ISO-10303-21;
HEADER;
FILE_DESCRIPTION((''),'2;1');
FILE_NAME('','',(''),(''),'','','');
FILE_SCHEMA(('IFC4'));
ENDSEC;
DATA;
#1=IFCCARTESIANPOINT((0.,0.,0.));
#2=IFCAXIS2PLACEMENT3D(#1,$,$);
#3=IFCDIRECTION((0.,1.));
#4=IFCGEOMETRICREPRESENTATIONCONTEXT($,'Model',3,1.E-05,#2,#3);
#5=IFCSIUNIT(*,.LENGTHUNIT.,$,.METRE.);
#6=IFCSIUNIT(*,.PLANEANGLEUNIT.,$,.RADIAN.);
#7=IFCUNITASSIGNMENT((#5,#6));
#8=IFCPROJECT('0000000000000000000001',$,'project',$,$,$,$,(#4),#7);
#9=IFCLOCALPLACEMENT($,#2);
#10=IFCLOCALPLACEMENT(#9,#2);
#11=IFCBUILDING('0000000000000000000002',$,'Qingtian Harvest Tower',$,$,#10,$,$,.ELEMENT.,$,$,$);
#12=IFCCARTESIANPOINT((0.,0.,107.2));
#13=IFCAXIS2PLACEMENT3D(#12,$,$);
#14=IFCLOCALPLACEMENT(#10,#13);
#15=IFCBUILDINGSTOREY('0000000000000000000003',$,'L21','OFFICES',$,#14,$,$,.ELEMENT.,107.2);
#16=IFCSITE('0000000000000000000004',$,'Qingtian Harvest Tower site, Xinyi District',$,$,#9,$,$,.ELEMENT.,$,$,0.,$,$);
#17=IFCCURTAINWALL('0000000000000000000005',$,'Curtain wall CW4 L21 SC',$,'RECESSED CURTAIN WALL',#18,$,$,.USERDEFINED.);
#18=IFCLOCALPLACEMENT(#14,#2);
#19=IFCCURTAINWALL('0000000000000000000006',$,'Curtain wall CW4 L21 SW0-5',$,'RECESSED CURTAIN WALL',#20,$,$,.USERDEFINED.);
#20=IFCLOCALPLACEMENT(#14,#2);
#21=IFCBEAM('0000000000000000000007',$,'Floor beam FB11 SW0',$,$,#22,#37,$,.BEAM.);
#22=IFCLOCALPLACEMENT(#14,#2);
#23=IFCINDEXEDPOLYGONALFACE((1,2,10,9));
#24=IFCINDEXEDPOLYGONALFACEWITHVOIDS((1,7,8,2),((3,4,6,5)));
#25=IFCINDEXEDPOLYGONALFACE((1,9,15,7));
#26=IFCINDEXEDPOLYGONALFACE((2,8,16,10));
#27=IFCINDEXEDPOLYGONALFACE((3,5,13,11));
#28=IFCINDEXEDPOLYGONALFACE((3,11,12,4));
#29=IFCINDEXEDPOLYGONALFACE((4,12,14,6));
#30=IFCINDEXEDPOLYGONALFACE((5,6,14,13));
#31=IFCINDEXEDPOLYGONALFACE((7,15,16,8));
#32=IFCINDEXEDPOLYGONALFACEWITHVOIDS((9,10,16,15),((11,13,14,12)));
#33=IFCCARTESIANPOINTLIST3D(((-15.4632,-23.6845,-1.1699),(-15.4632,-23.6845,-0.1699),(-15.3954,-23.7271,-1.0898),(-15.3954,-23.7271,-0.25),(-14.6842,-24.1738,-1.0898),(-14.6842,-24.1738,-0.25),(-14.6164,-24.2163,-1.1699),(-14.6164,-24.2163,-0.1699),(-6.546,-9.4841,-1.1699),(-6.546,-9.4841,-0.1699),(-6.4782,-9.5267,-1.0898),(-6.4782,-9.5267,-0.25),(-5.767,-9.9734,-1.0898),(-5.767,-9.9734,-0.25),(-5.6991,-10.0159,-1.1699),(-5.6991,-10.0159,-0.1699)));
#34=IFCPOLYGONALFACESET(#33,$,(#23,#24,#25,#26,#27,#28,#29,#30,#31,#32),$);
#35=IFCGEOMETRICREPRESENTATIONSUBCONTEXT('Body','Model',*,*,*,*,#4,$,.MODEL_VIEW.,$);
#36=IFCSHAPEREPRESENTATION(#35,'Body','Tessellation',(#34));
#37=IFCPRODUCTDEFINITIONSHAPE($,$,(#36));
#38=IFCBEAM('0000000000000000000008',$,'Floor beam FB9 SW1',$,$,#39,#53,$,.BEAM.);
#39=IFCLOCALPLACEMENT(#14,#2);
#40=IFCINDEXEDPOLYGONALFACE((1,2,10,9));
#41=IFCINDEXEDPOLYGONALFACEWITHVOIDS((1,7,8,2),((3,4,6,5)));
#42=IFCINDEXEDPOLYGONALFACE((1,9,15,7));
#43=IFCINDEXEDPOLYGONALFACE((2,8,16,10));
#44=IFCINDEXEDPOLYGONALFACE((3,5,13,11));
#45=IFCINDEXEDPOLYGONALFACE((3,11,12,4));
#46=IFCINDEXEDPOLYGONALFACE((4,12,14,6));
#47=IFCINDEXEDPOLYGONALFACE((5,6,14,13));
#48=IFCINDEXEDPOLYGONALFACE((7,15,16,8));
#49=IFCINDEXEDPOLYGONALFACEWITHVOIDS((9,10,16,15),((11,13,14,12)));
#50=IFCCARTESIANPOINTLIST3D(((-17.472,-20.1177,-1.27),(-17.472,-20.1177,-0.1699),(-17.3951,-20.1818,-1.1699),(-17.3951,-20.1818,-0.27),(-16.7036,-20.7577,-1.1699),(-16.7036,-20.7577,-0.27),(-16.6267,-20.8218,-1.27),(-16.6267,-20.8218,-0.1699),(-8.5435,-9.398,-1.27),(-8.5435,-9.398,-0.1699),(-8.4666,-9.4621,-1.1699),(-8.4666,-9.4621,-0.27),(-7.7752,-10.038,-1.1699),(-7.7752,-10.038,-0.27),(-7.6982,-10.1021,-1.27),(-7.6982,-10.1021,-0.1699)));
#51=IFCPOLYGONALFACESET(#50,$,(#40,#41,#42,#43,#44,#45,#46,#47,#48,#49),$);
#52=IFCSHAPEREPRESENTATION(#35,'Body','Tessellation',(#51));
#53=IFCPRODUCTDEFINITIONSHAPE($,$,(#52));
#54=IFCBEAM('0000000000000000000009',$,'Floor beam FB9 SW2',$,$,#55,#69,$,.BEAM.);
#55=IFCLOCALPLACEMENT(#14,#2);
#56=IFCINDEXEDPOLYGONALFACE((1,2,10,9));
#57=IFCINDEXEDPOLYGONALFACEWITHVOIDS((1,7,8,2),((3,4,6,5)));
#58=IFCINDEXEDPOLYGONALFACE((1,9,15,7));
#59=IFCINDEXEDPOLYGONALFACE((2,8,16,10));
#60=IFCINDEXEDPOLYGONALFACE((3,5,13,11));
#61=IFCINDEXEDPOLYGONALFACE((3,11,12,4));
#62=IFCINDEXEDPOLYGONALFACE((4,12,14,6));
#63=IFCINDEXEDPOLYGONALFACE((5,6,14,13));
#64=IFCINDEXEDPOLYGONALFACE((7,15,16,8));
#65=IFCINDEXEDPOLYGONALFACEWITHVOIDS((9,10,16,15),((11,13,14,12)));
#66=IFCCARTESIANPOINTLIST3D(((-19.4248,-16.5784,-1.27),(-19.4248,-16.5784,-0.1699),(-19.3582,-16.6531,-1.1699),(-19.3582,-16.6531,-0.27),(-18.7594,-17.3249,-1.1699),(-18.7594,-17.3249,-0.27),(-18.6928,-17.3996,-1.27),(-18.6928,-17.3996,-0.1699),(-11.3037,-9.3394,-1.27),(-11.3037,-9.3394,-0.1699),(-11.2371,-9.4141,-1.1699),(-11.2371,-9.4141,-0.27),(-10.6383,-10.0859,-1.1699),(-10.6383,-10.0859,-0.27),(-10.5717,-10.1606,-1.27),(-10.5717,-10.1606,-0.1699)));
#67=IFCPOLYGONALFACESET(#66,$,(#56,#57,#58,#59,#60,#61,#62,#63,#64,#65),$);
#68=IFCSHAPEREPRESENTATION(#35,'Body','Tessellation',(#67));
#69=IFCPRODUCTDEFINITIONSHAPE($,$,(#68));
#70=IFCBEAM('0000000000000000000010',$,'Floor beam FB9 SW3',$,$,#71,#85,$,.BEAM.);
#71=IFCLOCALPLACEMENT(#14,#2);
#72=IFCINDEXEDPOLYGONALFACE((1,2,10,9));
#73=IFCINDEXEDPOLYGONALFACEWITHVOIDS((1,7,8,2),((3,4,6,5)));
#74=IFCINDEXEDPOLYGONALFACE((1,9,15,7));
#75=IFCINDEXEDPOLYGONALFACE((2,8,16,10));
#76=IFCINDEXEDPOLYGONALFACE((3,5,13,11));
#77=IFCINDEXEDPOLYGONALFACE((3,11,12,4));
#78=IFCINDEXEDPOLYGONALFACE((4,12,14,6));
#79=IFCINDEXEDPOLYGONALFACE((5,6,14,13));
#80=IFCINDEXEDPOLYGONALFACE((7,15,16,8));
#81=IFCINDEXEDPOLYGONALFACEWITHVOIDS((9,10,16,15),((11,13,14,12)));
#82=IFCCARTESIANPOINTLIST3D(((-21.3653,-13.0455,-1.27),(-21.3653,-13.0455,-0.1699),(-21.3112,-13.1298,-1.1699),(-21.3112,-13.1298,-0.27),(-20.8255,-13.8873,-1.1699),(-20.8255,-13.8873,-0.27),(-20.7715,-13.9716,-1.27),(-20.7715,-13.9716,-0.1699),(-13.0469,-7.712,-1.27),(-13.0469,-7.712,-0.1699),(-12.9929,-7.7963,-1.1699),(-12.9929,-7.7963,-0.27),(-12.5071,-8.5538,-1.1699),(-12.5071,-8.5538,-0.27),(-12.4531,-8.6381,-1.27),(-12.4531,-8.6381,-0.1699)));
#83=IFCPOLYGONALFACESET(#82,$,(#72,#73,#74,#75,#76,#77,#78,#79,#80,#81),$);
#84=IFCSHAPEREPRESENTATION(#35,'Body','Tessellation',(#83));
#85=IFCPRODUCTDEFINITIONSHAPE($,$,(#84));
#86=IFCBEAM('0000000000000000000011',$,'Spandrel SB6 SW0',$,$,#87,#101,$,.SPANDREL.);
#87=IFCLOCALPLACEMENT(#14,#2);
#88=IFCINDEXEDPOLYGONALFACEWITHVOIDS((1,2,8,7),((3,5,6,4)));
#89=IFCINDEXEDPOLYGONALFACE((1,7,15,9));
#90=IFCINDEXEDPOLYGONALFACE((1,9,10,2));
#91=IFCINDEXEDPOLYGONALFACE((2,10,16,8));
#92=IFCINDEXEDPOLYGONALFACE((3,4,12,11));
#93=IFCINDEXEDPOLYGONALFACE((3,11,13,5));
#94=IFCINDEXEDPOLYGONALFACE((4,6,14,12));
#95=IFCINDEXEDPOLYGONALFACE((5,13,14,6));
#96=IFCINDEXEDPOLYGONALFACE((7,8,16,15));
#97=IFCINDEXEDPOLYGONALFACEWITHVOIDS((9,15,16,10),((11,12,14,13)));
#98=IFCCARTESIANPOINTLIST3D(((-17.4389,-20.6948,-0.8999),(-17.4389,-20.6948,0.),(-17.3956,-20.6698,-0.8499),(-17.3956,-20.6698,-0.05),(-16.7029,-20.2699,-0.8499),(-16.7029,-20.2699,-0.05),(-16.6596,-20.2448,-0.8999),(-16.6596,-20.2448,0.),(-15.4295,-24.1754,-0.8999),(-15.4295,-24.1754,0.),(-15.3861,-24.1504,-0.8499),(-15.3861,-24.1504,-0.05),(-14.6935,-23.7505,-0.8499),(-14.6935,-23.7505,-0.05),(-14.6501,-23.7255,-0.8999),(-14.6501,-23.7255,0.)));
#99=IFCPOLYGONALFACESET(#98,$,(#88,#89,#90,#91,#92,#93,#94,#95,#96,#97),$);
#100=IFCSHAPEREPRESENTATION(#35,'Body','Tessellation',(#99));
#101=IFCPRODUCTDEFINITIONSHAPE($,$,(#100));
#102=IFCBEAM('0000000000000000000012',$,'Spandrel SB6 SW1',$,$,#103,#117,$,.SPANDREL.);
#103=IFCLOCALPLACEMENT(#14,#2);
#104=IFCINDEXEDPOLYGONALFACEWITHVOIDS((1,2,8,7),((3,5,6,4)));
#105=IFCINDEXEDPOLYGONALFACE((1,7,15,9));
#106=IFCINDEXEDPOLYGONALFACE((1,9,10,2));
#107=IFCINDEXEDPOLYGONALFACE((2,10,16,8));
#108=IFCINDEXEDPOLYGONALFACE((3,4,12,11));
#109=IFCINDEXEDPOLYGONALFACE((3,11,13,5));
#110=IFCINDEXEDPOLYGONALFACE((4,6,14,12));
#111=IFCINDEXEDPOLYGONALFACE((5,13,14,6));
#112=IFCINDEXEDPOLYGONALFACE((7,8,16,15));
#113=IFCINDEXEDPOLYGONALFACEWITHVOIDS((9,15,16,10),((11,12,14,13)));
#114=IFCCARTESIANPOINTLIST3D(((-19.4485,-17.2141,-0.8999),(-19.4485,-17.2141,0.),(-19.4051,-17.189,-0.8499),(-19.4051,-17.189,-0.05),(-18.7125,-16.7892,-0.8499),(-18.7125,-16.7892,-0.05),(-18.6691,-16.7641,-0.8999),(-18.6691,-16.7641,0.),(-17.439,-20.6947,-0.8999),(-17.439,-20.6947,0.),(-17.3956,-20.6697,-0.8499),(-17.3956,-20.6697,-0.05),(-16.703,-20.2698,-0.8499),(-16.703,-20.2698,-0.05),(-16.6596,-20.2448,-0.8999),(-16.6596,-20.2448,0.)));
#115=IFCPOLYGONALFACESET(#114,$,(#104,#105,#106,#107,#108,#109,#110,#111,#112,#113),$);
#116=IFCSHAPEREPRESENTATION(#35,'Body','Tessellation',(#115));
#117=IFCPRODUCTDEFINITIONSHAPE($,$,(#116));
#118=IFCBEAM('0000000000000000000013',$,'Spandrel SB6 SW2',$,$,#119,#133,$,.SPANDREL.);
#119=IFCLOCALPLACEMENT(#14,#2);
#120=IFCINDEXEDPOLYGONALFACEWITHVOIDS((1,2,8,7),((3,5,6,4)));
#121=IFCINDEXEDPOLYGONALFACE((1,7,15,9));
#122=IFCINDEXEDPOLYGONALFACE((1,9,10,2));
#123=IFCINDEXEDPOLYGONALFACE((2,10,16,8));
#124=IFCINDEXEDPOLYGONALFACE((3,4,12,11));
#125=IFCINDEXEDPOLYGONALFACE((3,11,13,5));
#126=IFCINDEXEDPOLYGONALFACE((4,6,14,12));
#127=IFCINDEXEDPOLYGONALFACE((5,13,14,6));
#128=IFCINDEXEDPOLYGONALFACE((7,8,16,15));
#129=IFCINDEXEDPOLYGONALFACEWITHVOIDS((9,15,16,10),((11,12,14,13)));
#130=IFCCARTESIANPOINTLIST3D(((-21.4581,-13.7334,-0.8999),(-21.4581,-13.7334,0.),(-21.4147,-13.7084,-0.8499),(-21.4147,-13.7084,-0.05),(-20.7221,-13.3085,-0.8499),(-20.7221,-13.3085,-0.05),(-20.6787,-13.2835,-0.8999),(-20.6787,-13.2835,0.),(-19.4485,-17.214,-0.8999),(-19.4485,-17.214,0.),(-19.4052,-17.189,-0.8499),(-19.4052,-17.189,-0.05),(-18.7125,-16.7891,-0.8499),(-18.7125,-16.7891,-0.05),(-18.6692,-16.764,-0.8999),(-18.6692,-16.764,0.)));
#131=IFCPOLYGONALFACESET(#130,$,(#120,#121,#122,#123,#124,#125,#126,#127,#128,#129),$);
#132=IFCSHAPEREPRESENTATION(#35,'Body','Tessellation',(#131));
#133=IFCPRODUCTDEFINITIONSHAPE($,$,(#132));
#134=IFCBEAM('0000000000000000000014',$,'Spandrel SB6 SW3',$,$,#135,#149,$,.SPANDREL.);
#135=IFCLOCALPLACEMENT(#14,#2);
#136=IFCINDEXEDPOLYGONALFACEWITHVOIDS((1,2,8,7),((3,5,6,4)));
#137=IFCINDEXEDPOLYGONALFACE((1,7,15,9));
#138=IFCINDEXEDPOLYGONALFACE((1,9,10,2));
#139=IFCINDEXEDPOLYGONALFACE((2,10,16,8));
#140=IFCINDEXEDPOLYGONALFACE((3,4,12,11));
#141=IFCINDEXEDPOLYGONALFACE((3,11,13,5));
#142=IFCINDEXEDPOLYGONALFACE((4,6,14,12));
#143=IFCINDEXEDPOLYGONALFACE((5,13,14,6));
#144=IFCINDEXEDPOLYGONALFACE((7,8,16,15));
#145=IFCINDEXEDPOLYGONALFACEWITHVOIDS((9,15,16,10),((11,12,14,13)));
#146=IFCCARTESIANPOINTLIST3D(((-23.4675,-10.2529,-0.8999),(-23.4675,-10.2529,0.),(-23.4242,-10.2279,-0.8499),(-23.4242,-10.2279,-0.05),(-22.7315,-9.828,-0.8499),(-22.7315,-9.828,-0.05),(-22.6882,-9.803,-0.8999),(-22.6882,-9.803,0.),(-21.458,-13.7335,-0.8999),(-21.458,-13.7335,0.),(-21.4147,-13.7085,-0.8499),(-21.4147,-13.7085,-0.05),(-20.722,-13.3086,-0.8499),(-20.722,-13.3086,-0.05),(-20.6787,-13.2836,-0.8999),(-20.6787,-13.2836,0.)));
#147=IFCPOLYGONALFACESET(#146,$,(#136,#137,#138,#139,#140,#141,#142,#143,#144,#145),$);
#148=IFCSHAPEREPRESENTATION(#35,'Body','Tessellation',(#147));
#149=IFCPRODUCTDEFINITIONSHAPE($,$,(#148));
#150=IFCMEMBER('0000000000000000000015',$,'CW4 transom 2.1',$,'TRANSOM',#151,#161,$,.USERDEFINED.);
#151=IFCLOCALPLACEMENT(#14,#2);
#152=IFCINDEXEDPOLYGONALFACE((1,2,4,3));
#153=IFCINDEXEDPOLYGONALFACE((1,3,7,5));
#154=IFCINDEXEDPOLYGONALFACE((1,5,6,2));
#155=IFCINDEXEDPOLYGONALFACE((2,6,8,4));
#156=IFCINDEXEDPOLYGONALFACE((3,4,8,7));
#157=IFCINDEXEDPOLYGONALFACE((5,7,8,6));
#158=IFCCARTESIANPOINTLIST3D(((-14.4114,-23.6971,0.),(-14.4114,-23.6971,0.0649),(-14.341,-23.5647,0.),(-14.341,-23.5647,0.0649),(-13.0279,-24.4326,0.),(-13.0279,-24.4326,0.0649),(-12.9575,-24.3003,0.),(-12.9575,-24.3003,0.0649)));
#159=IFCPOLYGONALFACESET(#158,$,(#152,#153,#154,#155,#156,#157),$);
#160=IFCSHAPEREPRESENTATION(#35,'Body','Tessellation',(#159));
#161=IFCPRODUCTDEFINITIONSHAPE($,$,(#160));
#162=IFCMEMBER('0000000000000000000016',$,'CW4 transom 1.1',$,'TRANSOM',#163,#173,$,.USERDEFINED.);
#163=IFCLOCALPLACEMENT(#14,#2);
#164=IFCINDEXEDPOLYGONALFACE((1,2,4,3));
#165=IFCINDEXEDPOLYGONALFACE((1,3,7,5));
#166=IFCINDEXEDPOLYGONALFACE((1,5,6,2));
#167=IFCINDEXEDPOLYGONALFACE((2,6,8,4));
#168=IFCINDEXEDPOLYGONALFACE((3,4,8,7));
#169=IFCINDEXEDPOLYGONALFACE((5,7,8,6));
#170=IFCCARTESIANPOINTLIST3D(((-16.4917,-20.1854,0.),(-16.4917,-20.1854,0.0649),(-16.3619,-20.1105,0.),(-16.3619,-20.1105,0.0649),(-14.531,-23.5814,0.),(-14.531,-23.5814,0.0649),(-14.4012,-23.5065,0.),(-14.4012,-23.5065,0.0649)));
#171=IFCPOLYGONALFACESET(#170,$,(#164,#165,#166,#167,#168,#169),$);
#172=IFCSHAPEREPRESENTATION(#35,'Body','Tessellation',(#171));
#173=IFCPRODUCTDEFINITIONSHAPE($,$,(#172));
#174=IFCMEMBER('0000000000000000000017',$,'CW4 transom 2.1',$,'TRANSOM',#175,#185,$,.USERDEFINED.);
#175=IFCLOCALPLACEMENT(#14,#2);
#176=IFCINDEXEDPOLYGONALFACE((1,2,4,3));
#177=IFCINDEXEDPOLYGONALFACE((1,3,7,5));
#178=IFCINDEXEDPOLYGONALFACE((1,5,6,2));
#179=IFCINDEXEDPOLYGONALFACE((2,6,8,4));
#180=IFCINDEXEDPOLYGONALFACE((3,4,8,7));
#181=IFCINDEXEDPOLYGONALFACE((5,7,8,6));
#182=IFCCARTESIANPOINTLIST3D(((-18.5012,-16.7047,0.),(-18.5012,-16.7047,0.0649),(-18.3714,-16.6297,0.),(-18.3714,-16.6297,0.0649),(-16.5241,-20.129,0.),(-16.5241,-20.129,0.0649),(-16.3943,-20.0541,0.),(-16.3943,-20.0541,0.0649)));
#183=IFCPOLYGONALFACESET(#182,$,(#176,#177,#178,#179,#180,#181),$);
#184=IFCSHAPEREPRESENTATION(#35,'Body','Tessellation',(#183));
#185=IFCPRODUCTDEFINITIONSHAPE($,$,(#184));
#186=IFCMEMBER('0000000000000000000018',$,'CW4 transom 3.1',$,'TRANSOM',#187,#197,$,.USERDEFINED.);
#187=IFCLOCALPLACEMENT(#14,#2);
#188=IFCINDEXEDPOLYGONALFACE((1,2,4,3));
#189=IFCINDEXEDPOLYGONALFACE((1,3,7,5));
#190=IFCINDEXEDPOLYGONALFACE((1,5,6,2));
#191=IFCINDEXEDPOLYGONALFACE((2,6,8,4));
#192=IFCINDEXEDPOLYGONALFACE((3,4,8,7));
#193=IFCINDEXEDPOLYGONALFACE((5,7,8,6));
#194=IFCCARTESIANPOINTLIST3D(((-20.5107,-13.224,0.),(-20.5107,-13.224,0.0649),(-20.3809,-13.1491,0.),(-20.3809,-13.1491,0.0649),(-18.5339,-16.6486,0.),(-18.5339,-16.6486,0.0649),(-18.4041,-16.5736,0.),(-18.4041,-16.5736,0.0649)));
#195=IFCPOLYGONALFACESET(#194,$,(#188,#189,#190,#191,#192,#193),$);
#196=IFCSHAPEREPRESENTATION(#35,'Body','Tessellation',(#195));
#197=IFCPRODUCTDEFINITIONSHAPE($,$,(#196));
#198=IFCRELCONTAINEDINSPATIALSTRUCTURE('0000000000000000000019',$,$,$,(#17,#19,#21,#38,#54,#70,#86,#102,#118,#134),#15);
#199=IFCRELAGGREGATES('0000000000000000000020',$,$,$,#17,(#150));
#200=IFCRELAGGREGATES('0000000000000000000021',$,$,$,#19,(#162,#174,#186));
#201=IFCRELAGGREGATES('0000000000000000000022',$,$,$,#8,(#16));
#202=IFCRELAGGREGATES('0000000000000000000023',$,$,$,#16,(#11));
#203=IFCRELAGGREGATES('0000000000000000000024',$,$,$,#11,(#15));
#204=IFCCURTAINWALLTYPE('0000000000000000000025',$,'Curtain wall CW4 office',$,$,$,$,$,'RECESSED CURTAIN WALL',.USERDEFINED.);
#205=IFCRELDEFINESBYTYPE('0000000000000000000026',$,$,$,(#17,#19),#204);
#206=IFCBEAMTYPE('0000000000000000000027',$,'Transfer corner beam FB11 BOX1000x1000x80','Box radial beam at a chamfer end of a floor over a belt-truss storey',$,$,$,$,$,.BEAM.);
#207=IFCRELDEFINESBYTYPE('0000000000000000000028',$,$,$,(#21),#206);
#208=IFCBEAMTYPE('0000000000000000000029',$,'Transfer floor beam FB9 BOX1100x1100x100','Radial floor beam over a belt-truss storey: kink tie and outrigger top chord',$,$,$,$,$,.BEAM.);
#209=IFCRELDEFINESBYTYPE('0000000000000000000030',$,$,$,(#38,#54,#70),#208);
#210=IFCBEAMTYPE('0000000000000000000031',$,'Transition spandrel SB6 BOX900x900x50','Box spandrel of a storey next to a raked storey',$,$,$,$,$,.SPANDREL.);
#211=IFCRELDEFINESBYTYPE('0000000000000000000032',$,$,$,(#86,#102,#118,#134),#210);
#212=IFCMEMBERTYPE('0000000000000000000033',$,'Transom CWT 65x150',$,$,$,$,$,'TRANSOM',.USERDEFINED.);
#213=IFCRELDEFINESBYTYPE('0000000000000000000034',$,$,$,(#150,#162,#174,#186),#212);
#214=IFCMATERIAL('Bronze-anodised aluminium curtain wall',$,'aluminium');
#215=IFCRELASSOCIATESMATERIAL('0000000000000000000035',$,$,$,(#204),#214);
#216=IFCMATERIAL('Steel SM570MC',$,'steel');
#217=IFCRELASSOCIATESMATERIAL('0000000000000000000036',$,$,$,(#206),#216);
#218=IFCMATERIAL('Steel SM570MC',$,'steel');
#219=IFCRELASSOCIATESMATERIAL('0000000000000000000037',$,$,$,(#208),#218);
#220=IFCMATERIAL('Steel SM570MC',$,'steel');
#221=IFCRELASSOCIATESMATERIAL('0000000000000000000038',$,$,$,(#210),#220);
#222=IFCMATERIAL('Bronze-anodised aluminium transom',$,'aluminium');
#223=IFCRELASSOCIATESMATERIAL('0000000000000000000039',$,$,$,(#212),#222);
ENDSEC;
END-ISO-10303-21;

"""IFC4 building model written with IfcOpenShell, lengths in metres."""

from ifc_helpers import new_model, si_unit, direction, frame, origin, origin_2d, place, context, subcontext, project, spatial, rectangle, hollow_rectangle, extrude, material, material_profile, profile_set, type_object, element, aggregate, save


model = new_model("IFC4")

# Units and contexts
model_context = context("Model", 3, precision=1e-05, world=origin(), true_north=direction((0.0, 1.0)))
body_context = subcontext(model_context, "Body", "Model", "MODEL_VIEW")
ifc_project = project(units=[si_unit("LENGTHUNIT", "METRE"), si_unit("PLANEANGLEUNIT", "RADIAN")], contexts=[model_context])

# Site, building, storey
site_placement = place(None, origin())
site = spatial("IfcSite", under=ifc_project, at=site_placement, Name="Qingtian Harvest Tower site, Xinyi District", CompositionType="ELEMENT", RefElevation=0.0)
building_placement = place(site_placement, origin())
building = spatial("IfcBuilding", under=site, at=building_placement, Name="Qingtian Harvest Tower", CompositionType="ELEMENT")
storey_placement = place(building_placement, frame((0.0, 0.0, 107.2)))
storey = spatial("IfcBuildingStorey", under=building, at=storey_placement, Name="L21", Description="OFFICES", CompositionType="ELEMENT", Elevation=107.2)

# Curtain walls
ifc_material_1 = material(Name="Bronze-anodised aluminium curtain wall", Category="aluminium")
curtain_wall_type = type_object("IfcCurtainWallType", Name="Curtain wall CW4 office", ElementType="RECESSED CURTAIN WALL", PredefinedType="USERDEFINED", material=ifc_material_1)
curtain_wall_1_placement = place(storey_placement, origin())
curtain_wall_1 = element("IfcCurtainWall", 1, at=curtain_wall_1_placement, inside=storey, type_object=curtain_wall_type, Name="Curtain wall CW4 L21 SC", ObjectType="RECESSED CURTAIN WALL", PredefinedType="USERDEFINED")
curtain_wall_2_placement = place(storey_placement, origin())
curtain_wall_2 = element("IfcCurtainWall", 2, at=curtain_wall_2_placement, inside=storey, type_object=curtain_wall_type, Name="Curtain wall CW4 L21 SW0-5", ObjectType="RECESSED CURTAIN WALL", PredefinedType="USERDEFINED")

# Beams
ifc_material_2 = material(Name="Steel SM570MC", Category="steel")
ifc_material_profile_1 = material_profile(ifc_material_2, hollow_rectangle(XDim=1.0, YDim=1.0, WallThickness=0.0801, at=origin_2d()), Name="BOX1000x1000x80")
ifc_profile_set_1 = profile_set([ifc_material_profile_1], Name="Steel SM570MC")
beam_type_1 = type_object("IfcBeamType", Name="Transfer corner beam FB11 BOX1000x1000x80", Description="Box radial beam at a chamfer end of a floor over a belt-truss storey", PredefinedType="BEAM", material=ifc_profile_set_1)
beam_1_placement = place(storey_placement, frame((-15.0398, -23.9504, -0.6699), z_axis=(0.531797, 0.846872, 0.0), x_axis=(-0.846872, 0.531797, 0.0)))
element("IfcBeam", 3, at=beam_1_placement, inside=storey, type_object=beam_type_1, Name="Floor beam FB11 SW0", PredefinedType="BEAM", context=body_context, shape_type="SweptSolid", body=[
    extrude(hollow_rectangle(XDim=1.0, YDim=1.0, WallThickness=0.0801, at=origin_2d()), origin(), (0.0, 0.0, 1.0), 16.7681),
])
ifc_material_3 = material(Name="Steel SM570MC", Category="steel")
ifc_material_profile_2 = material_profile(ifc_material_3, hollow_rectangle(XDim=1.1001, YDim=1.1001, WallThickness=0.1001, at=origin_2d()), Name="BOX1100x1100x100")
ifc_profile_set_2 = profile_set([ifc_material_profile_2], Name="Steel SM570MC")
beam_type_2 = type_object("IfcBeamType", Name="Transfer floor beam FB9 BOX1100x1100x100", Description="Radial floor beam over a belt-truss storey: kink tie and outrigger top chord", PredefinedType="BEAM", material=ifc_profile_set_2)
beam_2_placement = place(storey_placement, frame((-17.0493, -20.4697, -0.72), z_axis=(0.639988, 0.768385, 0.0), x_axis=(-0.768385, 0.639988, 0.0)))
element("IfcBeam", 4, at=beam_2_placement, inside=storey, type_object=beam_type_2, Name="Floor beam FB9 SW1", PredefinedType="BEAM", context=body_context, shape_type="SweptSolid", body=[
    extrude(hollow_rectangle(XDim=1.1001, YDim=1.1001, WallThickness=0.1001, at=origin_2d()), origin(), (0.0, 0.0, 1.0), 13.9509),
])
beam_3_placement = place(storey_placement, frame((-19.0588, -16.989, -0.72), z_axis=(0.746484, 0.665404, 0.0), x_axis=(-0.665404, 0.746484, 0.0)))
element("IfcBeam", 5, at=beam_3_placement, inside=storey, type_object=beam_type_2, Name="Floor beam FB9 SW2", PredefinedType="BEAM", context=body_context, shape_type="SweptSolid", body=[
    extrude(hollow_rectangle(XDim=1.1001, YDim=1.1001, WallThickness=0.1001, at=origin_2d()), origin(), (0.0, 0.0, 1.0), 10.8792),
])
beam_4_placement = place(storey_placement, frame((-21.0684, -13.5085, -0.72), z_axis=(0.841823, 0.539753, 0.0), x_axis=(-0.539753, 0.841823, 0.0)))
element("IfcBeam", 6, at=beam_4_placement, inside=storey, type_object=beam_type_2, Name="Floor beam FB9 SW3", PredefinedType="BEAM", context=body_context, shape_type="SweptSolid", body=[
    extrude(hollow_rectangle(XDim=1.1001, YDim=1.1001, WallThickness=0.1001, at=origin_2d()), origin(), (0.0, 0.0, 1.0), 9.8813),
])
ifc_material_4 = material(Name="Steel SM570MC", Category="steel")
ifc_material_profile_3 = material_profile(ifc_material_4, hollow_rectangle(XDim=0.8999, YDim=0.8999, WallThickness=0.05, at=origin_2d()), Name="BOX900x900x50")
ifc_profile_set_3 = profile_set([ifc_material_profile_3], Name="Steel SM570MC")
beam_type_3 = type_object("IfcBeamType", Name="Transition spandrel SB6 BOX900x900x50", Description="Box spandrel of a storey next to a raked storey", PredefinedType="SPANDREL", material=ifc_profile_set_3)
for number, where, z_axis, x_axis, name in (
    (7, (-15.0398, -23.9504, -0.45), (-0.499987, 0.866033, 0.0), (-0.866033, -0.499987, 0.0), "Spandrel SB6 SW0"),
    (8, (-17.0493, -20.4697, -0.45), (-0.499987, 0.866033, 0.0), (-0.866033, -0.499987, 0.0), "Spandrel SB6 SW1"),
    (9, (-19.0588, -16.989, -0.45), (-0.500013, 0.866018, 0.0), (-0.866018, -0.500013, 0.0), "Spandrel SB6 SW2"),
    (10, (-21.0684, -13.5085, -0.45), (-0.499987, 0.866033, 0.0), (-0.866033, -0.499987, 0.0), "Spandrel SB6 SW3"),
):
    element("IfcBeam", number, at=place(storey_placement, frame(where, z_axis=z_axis, x_axis=x_axis)), inside=storey, type_object=beam_type_3, Name=name, PredefinedType="SPANDREL", context=body_context, shape_type="SweptSolid", body=[
        extrude(hollow_rectangle(XDim=0.8999, YDim=0.8999, WallThickness=0.05, at=origin_2d()), origin(), (0.0, 0.0, 1.0), 4.019),
    ])

# Members
ifc_material_5 = material(Name="Bronze-anodised aluminium transom", Category="aluminium")
ifc_material_profile_4 = material_profile(ifc_material_5, rectangle(XDim=0.1499, YDim=0.0649, at=origin_2d()), Name="AL 65x150")
ifc_profile_set_4 = profile_set([ifc_material_profile_4], Name="Bronze-anodised aluminium transom")
member_type_1 = type_object("IfcMemberType", Name="Transom CWT 65x150", ElementType="TRANSOM", PredefinedType="USERDEFINED", material=ifc_profile_set_4)
member_1_placement = place(storey_placement, frame((-12.9927, -24.3665, 0.0325), z_axis=(-0.88296, 0.469448, 0.0), x_axis=(-0.469448, -0.88296, 0.0)))
member_1 = element("IfcMember", 11, at=member_1_placement, type_object=member_type_1, Name="CW4 transom 2.1", ObjectType="TRANSOM", PredefinedType="USERDEFINED", context=body_context, shape_type="SweptSolid", body=[
    extrude(rectangle(XDim=0.1499, YDim=0.0649, at=origin_2d()), origin(), (0.0, 0.0, 1.0), 1.5669),
])
member_2_placement = place(storey_placement, frame((-14.4661, -23.5439, 0.0325), z_axis=(-0.500003, 0.866024, 0.0), x_axis=(-0.866024, -0.500003, 0.0)))
member_2 = element("IfcMember", 12, at=member_2_placement, type_object=member_type_1, Name="CW4 transom 1.1", ObjectType="TRANSOM", PredefinedType="USERDEFINED", context=body_context, shape_type="SweptSolid", body=[
    extrude(rectangle(XDim=0.1499, YDim=0.0649, at=origin_2d()), origin(), (0.0, 0.0, 1.0), 3.9214),
])
member_3_placement = place(storey_placement, frame((-16.4592, -20.0916, 0.0325), z_axis=(-0.500004, 0.866023, 0.0), x_axis=(-0.866023, -0.500004, 0.0)))
member_3 = element("IfcMember", 13, at=member_3_placement, type_object=member_type_1, Name="CW4 transom 2.1", ObjectType="TRANSOM", PredefinedType="USERDEFINED", context=body_context, shape_type="SweptSolid", body=[
    extrude(rectangle(XDim=0.1499, YDim=0.0649, at=origin_2d()), origin(), (0.0, 0.0, 1.0), 3.9541),
])
member_4_placement = place(storey_placement, frame((-18.469, -16.6111, 0.0325), z_axis=(-0.499931, 0.866065, 0.0), x_axis=(-0.866065, -0.499931, 0.0)))
member_4 = element("IfcMember", 14, at=member_4_placement, type_object=member_type_1, Name="CW4 transom 3.1", ObjectType="TRANSOM", PredefinedType="USERDEFINED", context=body_context, shape_type="SweptSolid", body=[
    extrude(rectangle(XDim=0.1499, YDim=0.0649, at=origin_2d()), origin(), (0.0, 0.0, 1.0), 3.9541),
])

aggregate(curtain_wall_1, [member_1])
aggregate(curtain_wall_2, [member_2, member_3, member_4])

save(model, "model.ifc")
